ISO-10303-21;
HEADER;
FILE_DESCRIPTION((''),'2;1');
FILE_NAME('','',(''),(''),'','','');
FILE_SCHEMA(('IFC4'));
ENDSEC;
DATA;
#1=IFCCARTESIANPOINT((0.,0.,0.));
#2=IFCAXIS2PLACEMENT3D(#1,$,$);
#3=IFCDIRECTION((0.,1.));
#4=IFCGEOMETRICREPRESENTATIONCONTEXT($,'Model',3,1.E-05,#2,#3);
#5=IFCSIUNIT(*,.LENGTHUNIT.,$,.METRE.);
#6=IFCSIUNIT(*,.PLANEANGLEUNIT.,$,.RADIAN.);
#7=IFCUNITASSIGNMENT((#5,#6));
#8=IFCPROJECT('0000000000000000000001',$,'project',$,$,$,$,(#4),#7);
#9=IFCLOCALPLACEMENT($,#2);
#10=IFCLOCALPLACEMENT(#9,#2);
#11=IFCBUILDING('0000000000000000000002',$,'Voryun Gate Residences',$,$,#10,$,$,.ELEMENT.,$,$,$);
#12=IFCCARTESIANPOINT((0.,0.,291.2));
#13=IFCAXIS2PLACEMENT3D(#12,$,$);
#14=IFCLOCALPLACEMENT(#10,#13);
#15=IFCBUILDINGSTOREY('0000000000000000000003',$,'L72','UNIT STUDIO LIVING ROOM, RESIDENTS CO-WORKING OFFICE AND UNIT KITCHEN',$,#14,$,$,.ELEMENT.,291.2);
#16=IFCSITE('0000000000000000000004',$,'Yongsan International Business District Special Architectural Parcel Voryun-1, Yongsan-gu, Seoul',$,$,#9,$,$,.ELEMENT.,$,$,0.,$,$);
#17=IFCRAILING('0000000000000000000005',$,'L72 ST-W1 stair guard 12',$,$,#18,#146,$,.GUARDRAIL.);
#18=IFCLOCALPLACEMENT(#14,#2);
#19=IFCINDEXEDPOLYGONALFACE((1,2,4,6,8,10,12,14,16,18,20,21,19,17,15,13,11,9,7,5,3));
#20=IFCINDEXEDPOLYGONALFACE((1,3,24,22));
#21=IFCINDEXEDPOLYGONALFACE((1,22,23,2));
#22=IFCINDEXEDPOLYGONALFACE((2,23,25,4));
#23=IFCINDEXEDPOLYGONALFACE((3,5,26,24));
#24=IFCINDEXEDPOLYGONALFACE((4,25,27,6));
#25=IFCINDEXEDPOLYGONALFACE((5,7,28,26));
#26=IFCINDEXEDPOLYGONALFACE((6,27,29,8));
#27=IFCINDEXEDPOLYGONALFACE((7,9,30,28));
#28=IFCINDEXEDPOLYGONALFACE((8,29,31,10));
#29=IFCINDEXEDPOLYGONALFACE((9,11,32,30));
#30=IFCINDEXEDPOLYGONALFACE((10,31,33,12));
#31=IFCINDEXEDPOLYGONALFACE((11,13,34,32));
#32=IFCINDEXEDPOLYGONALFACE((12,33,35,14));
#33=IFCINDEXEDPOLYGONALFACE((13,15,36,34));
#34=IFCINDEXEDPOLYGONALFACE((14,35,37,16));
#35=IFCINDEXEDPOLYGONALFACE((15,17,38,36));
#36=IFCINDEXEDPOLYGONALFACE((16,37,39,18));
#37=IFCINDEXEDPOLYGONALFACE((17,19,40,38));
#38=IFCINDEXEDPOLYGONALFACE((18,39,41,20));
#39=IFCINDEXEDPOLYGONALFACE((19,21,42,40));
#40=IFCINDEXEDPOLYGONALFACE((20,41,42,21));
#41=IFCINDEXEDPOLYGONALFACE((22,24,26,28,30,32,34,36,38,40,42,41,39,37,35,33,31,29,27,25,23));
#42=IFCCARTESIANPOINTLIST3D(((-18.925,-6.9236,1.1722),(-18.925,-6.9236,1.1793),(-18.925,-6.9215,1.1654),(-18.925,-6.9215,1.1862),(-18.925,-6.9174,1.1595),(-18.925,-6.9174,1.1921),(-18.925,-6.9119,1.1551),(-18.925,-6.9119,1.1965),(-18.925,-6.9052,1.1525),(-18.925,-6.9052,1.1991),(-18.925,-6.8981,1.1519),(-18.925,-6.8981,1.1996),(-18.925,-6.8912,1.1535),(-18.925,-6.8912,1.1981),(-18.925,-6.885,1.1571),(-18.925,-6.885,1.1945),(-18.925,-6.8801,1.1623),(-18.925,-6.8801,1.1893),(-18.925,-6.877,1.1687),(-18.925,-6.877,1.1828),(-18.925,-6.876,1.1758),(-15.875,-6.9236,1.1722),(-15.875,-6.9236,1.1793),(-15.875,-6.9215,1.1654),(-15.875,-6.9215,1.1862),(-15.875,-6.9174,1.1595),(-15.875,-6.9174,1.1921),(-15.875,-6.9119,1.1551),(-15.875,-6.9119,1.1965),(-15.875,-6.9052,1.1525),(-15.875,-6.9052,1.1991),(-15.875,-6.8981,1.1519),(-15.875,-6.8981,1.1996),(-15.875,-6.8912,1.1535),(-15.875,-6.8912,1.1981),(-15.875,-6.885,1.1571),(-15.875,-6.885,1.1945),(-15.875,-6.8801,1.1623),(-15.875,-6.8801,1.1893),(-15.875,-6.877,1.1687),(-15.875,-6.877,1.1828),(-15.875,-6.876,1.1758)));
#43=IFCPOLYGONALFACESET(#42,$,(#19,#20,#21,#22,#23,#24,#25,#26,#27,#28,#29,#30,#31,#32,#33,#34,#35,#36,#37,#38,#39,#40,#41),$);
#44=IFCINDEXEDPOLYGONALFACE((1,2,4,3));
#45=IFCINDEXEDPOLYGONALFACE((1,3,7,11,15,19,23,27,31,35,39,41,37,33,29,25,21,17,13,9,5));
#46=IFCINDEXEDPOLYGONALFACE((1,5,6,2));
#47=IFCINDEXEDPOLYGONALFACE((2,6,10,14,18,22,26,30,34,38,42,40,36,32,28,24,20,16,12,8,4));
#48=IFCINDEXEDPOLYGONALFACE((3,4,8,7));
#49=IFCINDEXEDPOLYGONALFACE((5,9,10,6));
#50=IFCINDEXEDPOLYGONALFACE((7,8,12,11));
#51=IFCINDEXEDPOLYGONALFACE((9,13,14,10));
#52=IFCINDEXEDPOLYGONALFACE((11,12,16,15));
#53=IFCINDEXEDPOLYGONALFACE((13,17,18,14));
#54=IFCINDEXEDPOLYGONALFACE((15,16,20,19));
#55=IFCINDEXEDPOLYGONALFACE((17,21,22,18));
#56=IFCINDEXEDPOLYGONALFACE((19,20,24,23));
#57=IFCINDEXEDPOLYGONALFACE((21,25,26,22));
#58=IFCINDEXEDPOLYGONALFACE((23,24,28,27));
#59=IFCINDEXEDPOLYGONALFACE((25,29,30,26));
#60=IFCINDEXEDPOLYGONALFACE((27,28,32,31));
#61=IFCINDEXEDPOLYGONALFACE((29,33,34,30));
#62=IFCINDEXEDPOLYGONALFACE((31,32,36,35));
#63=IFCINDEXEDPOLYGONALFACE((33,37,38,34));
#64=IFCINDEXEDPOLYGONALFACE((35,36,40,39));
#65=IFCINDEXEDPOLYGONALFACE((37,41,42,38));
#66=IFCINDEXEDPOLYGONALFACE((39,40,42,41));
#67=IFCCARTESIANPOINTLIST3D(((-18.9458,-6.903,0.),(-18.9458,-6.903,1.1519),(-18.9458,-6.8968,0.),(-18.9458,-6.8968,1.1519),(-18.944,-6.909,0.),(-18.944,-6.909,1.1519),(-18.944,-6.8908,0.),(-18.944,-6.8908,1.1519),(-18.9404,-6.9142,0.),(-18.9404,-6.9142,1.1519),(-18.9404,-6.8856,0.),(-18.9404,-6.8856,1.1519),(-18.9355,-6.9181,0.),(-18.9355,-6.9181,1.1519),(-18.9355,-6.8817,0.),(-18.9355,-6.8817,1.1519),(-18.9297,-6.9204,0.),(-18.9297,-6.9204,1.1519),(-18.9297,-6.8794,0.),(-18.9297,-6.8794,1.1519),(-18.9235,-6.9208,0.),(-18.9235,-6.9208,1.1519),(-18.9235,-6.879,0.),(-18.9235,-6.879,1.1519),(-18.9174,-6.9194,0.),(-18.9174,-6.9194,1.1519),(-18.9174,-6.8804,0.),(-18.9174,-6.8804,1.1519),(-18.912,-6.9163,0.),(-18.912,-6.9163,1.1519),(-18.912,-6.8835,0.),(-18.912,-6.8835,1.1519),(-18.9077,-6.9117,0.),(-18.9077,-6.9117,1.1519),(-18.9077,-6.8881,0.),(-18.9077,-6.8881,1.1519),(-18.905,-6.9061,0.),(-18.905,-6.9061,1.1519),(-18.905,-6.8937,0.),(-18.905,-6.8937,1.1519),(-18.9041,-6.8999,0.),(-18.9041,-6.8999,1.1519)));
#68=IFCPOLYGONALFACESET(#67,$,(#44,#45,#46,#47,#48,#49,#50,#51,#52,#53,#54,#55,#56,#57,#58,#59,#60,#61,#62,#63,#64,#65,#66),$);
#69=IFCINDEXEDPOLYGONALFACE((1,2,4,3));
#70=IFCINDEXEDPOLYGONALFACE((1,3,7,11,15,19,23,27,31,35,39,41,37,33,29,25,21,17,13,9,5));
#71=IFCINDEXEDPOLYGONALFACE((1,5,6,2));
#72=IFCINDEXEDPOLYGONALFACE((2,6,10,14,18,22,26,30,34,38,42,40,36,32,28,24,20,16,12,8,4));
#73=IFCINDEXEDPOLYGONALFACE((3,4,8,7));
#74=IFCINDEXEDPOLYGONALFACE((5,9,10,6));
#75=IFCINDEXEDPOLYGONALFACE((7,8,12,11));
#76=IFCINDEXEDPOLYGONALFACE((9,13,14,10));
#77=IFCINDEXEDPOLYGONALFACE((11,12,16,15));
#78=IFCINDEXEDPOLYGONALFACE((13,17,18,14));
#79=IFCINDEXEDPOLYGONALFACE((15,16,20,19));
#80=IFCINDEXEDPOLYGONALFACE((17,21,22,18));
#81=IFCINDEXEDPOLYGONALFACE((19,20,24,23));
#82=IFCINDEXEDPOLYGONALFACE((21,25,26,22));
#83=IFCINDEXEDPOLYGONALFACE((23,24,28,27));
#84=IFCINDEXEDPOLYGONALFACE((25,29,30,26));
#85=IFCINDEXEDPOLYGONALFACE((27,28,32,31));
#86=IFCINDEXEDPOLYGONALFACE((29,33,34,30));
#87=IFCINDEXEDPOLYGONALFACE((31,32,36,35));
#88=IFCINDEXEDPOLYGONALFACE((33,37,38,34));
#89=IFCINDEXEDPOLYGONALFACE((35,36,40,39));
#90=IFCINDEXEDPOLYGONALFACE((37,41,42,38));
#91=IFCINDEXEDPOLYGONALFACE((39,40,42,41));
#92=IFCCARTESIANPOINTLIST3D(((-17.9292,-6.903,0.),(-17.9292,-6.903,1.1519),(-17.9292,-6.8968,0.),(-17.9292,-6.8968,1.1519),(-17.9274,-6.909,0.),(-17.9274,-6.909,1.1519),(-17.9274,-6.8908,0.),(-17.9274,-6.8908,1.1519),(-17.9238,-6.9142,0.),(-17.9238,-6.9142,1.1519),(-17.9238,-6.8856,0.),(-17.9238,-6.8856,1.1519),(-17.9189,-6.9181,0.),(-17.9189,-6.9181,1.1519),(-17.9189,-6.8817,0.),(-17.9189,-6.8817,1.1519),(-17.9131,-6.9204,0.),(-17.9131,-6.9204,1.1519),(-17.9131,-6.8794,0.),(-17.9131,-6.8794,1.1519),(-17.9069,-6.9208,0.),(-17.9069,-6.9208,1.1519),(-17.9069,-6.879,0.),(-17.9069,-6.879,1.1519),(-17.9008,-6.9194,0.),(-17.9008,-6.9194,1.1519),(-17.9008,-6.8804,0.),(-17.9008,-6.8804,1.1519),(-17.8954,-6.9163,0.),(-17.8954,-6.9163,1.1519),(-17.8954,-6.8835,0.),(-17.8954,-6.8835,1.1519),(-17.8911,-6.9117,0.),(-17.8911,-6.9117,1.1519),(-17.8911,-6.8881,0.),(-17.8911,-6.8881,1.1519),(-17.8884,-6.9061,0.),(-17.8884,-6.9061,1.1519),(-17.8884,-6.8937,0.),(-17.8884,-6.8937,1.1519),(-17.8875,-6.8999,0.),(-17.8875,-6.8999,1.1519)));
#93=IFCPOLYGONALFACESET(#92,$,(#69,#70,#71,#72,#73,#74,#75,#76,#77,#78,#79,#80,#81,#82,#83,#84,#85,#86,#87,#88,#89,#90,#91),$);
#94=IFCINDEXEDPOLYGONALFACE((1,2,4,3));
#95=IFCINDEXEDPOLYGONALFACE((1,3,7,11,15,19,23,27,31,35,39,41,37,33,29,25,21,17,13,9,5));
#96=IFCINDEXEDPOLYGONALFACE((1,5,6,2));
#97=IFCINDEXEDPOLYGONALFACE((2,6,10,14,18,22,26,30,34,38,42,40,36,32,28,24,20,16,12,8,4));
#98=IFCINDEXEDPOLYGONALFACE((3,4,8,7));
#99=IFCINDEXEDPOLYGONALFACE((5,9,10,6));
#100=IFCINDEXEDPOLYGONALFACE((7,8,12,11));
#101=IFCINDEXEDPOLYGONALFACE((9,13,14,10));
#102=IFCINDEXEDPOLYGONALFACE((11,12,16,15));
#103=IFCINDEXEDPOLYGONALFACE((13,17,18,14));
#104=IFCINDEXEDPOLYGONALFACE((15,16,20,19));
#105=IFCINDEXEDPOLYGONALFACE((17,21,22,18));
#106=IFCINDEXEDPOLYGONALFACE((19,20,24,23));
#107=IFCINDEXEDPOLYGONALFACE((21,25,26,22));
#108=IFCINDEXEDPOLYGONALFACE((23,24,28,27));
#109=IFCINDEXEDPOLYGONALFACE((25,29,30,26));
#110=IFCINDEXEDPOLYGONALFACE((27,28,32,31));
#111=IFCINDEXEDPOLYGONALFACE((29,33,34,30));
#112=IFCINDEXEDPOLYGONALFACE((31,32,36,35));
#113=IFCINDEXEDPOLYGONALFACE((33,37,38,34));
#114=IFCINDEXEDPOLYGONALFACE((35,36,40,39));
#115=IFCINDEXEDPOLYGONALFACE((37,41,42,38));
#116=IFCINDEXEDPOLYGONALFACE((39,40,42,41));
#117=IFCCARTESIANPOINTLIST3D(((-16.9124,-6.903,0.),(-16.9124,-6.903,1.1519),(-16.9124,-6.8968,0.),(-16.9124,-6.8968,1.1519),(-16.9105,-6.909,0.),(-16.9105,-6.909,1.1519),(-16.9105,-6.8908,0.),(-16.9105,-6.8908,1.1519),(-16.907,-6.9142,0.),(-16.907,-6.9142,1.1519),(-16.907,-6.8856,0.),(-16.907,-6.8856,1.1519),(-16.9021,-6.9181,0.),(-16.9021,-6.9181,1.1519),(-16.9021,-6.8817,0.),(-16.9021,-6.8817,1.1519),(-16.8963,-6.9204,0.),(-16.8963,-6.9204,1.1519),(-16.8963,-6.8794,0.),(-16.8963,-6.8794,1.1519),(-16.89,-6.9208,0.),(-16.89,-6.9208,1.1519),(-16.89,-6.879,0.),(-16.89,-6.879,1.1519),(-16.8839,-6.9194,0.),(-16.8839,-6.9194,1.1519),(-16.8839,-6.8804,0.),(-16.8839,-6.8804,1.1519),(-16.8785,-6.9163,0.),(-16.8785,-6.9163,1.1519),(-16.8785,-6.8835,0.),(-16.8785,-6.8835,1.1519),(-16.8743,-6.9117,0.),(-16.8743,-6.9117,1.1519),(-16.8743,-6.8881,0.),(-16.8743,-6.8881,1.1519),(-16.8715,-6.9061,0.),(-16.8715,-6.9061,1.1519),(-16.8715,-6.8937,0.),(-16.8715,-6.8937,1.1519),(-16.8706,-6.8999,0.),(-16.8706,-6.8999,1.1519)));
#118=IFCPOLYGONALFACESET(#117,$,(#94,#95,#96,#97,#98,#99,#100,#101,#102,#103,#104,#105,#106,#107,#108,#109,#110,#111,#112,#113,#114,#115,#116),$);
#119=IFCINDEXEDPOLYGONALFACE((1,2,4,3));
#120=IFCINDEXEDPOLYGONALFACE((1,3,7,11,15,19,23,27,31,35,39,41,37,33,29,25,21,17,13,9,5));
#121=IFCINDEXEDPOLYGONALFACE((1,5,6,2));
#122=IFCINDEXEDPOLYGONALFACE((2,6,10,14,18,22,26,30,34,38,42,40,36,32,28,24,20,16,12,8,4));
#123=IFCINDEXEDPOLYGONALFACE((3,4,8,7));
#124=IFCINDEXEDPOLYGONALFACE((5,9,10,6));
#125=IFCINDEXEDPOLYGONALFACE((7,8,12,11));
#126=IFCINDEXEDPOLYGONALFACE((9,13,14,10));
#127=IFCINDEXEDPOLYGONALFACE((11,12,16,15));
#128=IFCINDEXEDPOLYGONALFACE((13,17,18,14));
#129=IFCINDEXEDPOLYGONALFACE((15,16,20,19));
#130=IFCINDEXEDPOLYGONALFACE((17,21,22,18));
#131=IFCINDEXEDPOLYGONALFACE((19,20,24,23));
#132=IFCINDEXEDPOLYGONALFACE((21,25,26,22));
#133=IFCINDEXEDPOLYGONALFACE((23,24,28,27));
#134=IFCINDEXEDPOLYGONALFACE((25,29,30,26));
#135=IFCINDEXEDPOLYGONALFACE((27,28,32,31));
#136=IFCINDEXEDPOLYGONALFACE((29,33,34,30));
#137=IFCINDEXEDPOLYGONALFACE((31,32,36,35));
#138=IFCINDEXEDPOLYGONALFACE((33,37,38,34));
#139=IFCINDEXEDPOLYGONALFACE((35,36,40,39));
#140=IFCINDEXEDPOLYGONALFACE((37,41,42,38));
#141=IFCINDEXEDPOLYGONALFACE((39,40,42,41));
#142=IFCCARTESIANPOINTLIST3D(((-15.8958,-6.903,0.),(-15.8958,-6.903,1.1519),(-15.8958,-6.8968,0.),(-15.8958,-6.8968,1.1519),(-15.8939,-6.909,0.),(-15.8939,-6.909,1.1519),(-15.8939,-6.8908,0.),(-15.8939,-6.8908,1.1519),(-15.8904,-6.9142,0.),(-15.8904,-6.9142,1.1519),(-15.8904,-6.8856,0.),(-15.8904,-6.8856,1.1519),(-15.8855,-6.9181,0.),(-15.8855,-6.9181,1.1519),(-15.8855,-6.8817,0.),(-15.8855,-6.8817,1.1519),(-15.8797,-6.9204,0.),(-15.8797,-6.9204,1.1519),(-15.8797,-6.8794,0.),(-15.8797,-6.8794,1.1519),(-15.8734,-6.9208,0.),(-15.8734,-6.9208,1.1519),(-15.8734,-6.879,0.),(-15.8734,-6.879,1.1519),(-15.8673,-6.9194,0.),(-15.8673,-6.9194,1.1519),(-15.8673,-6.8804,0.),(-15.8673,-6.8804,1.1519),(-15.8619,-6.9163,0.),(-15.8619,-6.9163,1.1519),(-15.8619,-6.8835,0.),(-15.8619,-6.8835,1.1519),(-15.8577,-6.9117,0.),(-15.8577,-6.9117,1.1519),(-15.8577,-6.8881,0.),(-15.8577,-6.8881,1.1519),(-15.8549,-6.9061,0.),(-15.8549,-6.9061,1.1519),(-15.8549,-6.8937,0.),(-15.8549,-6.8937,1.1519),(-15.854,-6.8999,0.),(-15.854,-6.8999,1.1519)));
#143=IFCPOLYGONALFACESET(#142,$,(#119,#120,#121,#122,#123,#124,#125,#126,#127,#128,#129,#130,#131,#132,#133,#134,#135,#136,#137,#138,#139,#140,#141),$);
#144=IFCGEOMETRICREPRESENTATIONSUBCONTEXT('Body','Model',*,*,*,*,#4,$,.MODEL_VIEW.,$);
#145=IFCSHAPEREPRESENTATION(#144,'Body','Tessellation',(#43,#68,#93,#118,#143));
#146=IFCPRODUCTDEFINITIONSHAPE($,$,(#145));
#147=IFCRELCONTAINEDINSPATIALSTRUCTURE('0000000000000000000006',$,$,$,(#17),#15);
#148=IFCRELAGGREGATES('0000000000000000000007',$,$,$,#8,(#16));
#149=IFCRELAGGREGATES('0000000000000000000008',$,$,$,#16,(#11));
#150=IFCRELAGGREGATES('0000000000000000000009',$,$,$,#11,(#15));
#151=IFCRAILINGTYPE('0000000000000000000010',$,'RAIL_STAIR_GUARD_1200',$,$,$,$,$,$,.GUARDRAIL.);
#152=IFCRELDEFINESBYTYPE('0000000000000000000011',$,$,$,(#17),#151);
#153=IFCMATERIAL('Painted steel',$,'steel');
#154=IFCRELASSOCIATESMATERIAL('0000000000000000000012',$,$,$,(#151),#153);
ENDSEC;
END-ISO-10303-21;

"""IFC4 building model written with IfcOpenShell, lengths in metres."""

from ifc_helpers import new_model, si_unit, direction, frame, origin, origin_2d, place, context, subcontext, project, spatial, circle, extrude, material, type_object, element, save


model = new_model("IFC4")

# Units and contexts
model_context = context("Model", 3, precision=1e-05, world=origin(), true_north=direction((0.0, 1.0)))
body_context = subcontext(model_context, "Body", "Model", "MODEL_VIEW")
ifc_project = project(units=[si_unit("LENGTHUNIT", "METRE"), si_unit("PLANEANGLEUNIT", "RADIAN")], contexts=[model_context])

# Site, building, storey
site_placement = place(None, origin())
site = spatial("IfcSite", under=ifc_project, at=site_placement, Name="Yongsan International Business District Special Architectural Parcel Voryun-1, Yongsan-gu, Seoul", CompositionType="ELEMENT", RefElevation=0.0)
building_placement = place(site_placement, origin())
building = spatial("IfcBuilding", under=site, at=building_placement, Name="Voryun Gate Residences", CompositionType="ELEMENT")
storey_placement = place(building_placement, frame((0.0, 0.0, 291.2)))
storey = spatial("IfcBuildingStorey", under=building, at=storey_placement, Name="L72", Description="UNIT STUDIO LIVING ROOM, RESIDENTS CO-WORKING OFFICE AND UNIT KITCHEN", CompositionType="ELEMENT", Elevation=291.2)

# Railing
ifc_material_1 = material(Name="Painted steel", Category="steel")
railing_type = type_object("IfcRailingType", Name="RAIL_STAIR_GUARD_1200", PredefinedType="GUARDRAIL", material=ifc_material_1)
railing_1_placement = place(storey_placement, frame((-18.925, -6.8999, 0.0)))
element("IfcRailing", 1, at=railing_1_placement, inside=storey, type_object=railing_type, Name="L72 ST-W1 stair guard 12", PredefinedType="GUARDRAIL", context=body_context, shape_type="SweptSolid", body=[
    extrude(circle(Radius=0.0239, at=origin_2d()), frame((0.0, 0.0, 1.1758), z_axis=(1.0, 0.0, 0.0), x_axis=(0.0, 1.0, 0.0)), (0.0, 0.0, 1.0), 3.05),
    extrude(circle(Radius=0.021, at=origin_2d()), origin(), (0.0, 0.0, 1.0), 1.1519),
    extrude(circle(Radius=0.021, at=origin_2d()), frame((1.0166, 0.0, 0.0)), (0.0, 0.0, 1.0), 1.1519),
    extrude(circle(Radius=0.021, at=origin_2d()), frame((2.0334, 0.0, 0.0)), (0.0, 0.0, 1.0), 1.1519),
    extrude(circle(Radius=0.021, at=origin_2d()), frame((3.05, 0.0, 0.0)), (0.0, 0.0, 1.0), 1.1519),
])

save(model, "model.ifc")
